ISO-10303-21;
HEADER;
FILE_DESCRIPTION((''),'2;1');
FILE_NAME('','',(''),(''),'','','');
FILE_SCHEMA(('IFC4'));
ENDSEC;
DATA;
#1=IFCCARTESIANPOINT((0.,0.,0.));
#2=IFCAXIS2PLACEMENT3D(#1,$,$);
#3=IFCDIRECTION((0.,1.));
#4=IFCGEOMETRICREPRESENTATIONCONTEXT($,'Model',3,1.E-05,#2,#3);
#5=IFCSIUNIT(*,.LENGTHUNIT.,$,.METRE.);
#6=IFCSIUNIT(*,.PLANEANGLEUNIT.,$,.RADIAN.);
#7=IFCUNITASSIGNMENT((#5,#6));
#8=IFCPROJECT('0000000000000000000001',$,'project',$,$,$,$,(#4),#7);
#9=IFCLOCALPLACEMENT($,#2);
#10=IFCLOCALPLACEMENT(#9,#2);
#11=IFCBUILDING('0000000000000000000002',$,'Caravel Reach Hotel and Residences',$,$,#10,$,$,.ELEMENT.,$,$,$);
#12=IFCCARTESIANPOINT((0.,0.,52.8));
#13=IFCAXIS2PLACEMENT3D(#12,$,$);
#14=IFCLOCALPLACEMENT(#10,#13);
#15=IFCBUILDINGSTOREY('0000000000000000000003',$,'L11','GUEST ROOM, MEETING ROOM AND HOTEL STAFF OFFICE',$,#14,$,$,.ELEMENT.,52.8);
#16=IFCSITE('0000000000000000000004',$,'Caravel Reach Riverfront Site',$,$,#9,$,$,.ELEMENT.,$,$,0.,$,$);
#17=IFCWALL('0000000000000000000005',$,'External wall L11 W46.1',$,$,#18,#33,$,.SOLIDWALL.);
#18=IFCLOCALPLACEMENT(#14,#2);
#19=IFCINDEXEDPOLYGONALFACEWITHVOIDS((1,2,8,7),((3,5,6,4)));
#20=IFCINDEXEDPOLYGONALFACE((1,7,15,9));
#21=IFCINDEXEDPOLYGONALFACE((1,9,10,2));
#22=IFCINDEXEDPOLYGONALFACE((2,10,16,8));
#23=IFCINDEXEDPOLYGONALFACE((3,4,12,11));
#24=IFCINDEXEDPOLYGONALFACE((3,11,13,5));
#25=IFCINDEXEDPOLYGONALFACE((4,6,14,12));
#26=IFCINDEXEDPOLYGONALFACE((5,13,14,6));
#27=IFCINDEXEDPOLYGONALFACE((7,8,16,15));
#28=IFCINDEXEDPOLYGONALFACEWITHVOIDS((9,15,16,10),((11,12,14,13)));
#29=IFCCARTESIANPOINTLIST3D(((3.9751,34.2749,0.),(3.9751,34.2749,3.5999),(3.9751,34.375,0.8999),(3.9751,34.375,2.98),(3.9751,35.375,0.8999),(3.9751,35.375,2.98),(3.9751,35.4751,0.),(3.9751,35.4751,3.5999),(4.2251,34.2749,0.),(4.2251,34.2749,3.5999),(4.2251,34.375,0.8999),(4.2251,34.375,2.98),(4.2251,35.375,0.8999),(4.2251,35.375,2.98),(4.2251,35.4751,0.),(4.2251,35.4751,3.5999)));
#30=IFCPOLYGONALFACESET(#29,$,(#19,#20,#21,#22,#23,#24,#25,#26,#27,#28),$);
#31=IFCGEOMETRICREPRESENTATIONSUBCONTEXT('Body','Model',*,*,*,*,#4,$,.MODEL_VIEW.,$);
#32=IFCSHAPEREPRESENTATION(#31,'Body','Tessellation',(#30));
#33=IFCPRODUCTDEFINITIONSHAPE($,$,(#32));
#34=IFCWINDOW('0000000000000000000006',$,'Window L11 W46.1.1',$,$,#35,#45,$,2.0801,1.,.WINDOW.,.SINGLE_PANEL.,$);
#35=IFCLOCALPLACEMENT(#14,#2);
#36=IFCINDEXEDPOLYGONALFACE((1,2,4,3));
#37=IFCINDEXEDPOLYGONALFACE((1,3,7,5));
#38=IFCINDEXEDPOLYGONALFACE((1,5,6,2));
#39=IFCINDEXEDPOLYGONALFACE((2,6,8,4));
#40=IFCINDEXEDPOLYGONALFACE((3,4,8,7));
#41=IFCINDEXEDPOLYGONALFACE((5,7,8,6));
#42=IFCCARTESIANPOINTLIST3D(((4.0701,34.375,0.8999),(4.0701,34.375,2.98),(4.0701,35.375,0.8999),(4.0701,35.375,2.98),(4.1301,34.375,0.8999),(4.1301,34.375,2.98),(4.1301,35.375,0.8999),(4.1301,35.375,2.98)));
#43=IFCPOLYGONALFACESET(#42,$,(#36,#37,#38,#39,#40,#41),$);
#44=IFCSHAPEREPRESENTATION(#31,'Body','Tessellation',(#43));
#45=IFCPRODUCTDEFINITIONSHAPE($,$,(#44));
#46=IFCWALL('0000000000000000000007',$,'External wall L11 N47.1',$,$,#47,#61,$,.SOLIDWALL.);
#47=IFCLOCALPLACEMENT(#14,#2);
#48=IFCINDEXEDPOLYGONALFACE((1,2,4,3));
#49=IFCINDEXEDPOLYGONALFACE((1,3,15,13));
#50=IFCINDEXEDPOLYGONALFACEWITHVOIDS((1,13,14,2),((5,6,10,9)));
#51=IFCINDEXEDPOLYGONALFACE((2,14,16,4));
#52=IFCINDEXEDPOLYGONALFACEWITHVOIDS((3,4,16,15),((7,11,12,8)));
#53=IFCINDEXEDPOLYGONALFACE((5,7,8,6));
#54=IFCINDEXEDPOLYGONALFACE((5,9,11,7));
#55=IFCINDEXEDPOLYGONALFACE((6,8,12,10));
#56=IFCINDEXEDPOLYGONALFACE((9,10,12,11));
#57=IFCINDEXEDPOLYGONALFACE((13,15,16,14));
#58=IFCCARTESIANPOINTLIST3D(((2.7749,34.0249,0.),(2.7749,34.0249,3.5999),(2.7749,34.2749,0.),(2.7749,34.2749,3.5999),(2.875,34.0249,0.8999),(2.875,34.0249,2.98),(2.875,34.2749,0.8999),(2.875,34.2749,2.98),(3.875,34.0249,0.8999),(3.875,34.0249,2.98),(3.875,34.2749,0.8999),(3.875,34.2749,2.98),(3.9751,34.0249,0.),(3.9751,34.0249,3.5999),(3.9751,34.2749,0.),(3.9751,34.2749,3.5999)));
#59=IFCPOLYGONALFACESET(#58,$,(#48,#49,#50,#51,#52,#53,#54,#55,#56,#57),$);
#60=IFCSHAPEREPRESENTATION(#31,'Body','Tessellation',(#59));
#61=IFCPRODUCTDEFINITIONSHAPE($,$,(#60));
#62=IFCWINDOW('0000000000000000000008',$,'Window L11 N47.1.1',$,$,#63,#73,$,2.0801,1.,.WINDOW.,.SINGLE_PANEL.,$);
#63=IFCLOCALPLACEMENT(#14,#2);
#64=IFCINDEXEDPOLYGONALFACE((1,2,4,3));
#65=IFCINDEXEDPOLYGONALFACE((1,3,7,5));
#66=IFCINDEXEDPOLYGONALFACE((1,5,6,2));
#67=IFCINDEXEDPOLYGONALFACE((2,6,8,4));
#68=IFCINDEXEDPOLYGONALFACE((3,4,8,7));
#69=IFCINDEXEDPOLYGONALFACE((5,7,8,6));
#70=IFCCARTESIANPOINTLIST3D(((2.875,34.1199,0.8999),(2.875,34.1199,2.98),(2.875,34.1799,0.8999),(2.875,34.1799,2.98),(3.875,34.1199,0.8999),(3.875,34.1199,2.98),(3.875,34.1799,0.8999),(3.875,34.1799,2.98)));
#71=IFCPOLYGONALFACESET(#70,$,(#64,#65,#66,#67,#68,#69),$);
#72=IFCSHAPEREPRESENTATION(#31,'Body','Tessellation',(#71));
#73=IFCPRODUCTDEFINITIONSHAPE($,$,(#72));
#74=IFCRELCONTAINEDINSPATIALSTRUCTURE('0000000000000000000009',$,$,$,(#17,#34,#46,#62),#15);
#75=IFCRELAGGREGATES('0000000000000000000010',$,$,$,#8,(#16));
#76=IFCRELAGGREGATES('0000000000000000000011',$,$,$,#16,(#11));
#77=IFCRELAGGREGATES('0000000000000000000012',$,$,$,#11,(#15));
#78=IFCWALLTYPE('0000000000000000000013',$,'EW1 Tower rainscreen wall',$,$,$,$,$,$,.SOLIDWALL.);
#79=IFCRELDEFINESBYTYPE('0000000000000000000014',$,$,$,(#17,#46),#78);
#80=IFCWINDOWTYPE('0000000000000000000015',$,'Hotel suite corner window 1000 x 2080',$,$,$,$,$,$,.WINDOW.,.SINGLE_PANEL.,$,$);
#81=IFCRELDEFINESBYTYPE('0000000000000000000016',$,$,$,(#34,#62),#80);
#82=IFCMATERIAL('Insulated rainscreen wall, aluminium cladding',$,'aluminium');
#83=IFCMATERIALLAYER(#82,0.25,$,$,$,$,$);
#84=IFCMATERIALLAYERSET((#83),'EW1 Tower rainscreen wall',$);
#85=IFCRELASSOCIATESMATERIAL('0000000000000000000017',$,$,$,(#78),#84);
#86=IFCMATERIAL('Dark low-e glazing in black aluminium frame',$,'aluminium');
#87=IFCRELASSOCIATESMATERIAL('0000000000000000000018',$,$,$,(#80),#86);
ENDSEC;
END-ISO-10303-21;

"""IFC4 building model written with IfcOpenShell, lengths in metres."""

from ifc_helpers import new_model, si_unit, direction, frame, frame_2d, origin, place, context, subcontext, project, spatial, rectangle, extrude, material, layer, layer_set, type_object, element, fill, save


model = new_model("IFC4")

# Units and contexts
model_context = context("Model", 3, precision=1e-05, world=origin(), true_north=direction((0.0, 1.0)))
body_context = subcontext(model_context, "Body", "Model", "MODEL_VIEW")
ifc_project = project(units=[si_unit("LENGTHUNIT", "METRE"), si_unit("PLANEANGLEUNIT", "RADIAN")], contexts=[model_context])

# Site, building, storey
site_placement = place(None, origin())
site = spatial("IfcSite", under=ifc_project, at=site_placement, Name="Caravel Reach Riverfront Site", CompositionType="ELEMENT", RefElevation=0.0)
building_placement = place(site_placement, origin())
building = spatial("IfcBuilding", under=site, at=building_placement, Name="Caravel Reach Hotel and Residences", CompositionType="ELEMENT")
storey_placement = place(building_placement, frame((0.0, 0.0, 52.8)))
storey = spatial("IfcBuildingStorey", under=building, at=storey_placement, Name="L11", Description="GUEST ROOM, MEETING ROOM AND HOTEL STAFF OFFICE", CompositionType="ELEMENT", Elevation=52.8)

# Walls, openings, windows
ifc_material_1 = material(Name="Insulated rainscreen wall, aluminium cladding", Category="aluminium")
ifc_layer = layer(ifc_material_1, 0.25)
ifc_layer_set = layer_set([ifc_layer], Name="EW1 Tower rainscreen wall")
wall_type = type_object("IfcWallType", Name="EW1 Tower rainscreen wall", PredefinedType="SOLIDWALL", material=ifc_layer_set)
wall_1_placement = place(storey_placement, frame((4.1001, 35.4751, 0.0), z_axis=(0.0, 0.0, 1.0), x_axis=(0.0, -1.0, 0.0)))
wall_1 = element("IfcWall", 1, at=wall_1_placement, inside=storey, type_object=wall_type, Name="External wall L11 W46.1", PredefinedType="SOLIDWALL", context=body_context, shape_type="SweptSolid", body=[
    extrude(rectangle(XDim=1.2002, YDim=0.25, at=frame_2d((0.6001, 0.0))), origin(), (0.0, 0.0, 1.0), 3.5999),
])
opening_1_placement = place(wall_1_placement, frame((0.1001, 0.0, 0.8999)))
opening_1 = element("IfcOpeningElement", 2, at=opening_1_placement, cuts=wall_1, PredefinedType="OPENING", context=body_context, shape_type="SweptSolid", body=[
    extrude(rectangle(XDim=1.0, YDim=2.0801, at=frame_2d((0.5, 1.04))), frame((0.0, 0.135, 0.0), z_axis=(0.0, -1.0, 0.0), x_axis=(1.0, 0.0, 0.0)), (0.0, 0.0, 1.0), 0.27),
])
ifc_material_2 = material(Name="Dark low-e glazing in black aluminium frame", Category="aluminium")
window_type = type_object("IfcWindowType", Name="Hotel suite corner window 1000 x 2080", PartitioningType="SINGLE_PANEL", PredefinedType="WINDOW", material=ifc_material_2)
window_1_placement = place(opening_1_placement, origin())
window_1 = element("IfcWindow", 3, at=window_1_placement, inside=storey, type_object=window_type, Name="Window L11 W46.1.1", OverallHeight=2.0801, OverallWidth=1.0, PartitioningType="SINGLE_PANEL", PredefinedType="WINDOW", context=body_context, shape_type="SweptSolid", body=[
    extrude(rectangle(XDim=1.0, YDim=2.0801, at=frame_2d((0.5, 1.04))), frame((0.0, 0.03, 0.0), z_axis=(0.0, -1.0, 0.0), x_axis=(1.0, 0.0, 0.0)), (0.0, 0.0, 1.0), 0.0601),
])
fill(opening_1, window_1)
wall_2_placement = place(storey_placement, frame((3.9751, 34.1499, 0.0), z_axis=(0.0, 0.0, 1.0), x_axis=(-1.0, 0.0, 0.0)))
wall_2 = element("IfcWall", 4, at=wall_2_placement, inside=storey, type_object=wall_type, Name="External wall L11 N47.1", PredefinedType="SOLIDWALL", context=body_context, shape_type="SweptSolid", body=[
    extrude(rectangle(XDim=1.2002, YDim=0.25, at=frame_2d((0.6001, 0.0))), origin(), (0.0, 0.0, 1.0), 3.5999),
])
opening_2_placement = place(wall_2_placement, frame((0.1001, 0.0, 0.8999)))
opening_2 = element("IfcOpeningElement", 5, at=opening_2_placement, cuts=wall_2, PredefinedType="OPENING", context=body_context, shape_type="SweptSolid", body=[
    extrude(rectangle(XDim=1.0, YDim=2.0801, at=frame_2d((0.5, 1.04))), frame((0.0, 0.135, 0.0), z_axis=(0.0, -1.0, 0.0), x_axis=(1.0, 0.0, 0.0)), (0.0, 0.0, 1.0), 0.27),
])
window_2_placement = place(opening_2_placement, origin())
window_2 = element("IfcWindow", 6, at=window_2_placement, inside=storey, type_object=window_type, Name="Window L11 N47.1.1", OverallHeight=2.0801, OverallWidth=1.0, PartitioningType="SINGLE_PANEL", PredefinedType="WINDOW", context=body_context, shape_type="SweptSolid", body=[
    extrude(rectangle(XDim=1.0, YDim=2.0801, at=frame_2d((0.5, 1.04))), frame((0.0, 0.03, 0.0), z_axis=(0.0, -1.0, 0.0), x_axis=(1.0, 0.0, 0.0)), (0.0, 0.0, 1.0), 0.0601),
])
fill(opening_2, window_2)

save(model, "model.ifc")
